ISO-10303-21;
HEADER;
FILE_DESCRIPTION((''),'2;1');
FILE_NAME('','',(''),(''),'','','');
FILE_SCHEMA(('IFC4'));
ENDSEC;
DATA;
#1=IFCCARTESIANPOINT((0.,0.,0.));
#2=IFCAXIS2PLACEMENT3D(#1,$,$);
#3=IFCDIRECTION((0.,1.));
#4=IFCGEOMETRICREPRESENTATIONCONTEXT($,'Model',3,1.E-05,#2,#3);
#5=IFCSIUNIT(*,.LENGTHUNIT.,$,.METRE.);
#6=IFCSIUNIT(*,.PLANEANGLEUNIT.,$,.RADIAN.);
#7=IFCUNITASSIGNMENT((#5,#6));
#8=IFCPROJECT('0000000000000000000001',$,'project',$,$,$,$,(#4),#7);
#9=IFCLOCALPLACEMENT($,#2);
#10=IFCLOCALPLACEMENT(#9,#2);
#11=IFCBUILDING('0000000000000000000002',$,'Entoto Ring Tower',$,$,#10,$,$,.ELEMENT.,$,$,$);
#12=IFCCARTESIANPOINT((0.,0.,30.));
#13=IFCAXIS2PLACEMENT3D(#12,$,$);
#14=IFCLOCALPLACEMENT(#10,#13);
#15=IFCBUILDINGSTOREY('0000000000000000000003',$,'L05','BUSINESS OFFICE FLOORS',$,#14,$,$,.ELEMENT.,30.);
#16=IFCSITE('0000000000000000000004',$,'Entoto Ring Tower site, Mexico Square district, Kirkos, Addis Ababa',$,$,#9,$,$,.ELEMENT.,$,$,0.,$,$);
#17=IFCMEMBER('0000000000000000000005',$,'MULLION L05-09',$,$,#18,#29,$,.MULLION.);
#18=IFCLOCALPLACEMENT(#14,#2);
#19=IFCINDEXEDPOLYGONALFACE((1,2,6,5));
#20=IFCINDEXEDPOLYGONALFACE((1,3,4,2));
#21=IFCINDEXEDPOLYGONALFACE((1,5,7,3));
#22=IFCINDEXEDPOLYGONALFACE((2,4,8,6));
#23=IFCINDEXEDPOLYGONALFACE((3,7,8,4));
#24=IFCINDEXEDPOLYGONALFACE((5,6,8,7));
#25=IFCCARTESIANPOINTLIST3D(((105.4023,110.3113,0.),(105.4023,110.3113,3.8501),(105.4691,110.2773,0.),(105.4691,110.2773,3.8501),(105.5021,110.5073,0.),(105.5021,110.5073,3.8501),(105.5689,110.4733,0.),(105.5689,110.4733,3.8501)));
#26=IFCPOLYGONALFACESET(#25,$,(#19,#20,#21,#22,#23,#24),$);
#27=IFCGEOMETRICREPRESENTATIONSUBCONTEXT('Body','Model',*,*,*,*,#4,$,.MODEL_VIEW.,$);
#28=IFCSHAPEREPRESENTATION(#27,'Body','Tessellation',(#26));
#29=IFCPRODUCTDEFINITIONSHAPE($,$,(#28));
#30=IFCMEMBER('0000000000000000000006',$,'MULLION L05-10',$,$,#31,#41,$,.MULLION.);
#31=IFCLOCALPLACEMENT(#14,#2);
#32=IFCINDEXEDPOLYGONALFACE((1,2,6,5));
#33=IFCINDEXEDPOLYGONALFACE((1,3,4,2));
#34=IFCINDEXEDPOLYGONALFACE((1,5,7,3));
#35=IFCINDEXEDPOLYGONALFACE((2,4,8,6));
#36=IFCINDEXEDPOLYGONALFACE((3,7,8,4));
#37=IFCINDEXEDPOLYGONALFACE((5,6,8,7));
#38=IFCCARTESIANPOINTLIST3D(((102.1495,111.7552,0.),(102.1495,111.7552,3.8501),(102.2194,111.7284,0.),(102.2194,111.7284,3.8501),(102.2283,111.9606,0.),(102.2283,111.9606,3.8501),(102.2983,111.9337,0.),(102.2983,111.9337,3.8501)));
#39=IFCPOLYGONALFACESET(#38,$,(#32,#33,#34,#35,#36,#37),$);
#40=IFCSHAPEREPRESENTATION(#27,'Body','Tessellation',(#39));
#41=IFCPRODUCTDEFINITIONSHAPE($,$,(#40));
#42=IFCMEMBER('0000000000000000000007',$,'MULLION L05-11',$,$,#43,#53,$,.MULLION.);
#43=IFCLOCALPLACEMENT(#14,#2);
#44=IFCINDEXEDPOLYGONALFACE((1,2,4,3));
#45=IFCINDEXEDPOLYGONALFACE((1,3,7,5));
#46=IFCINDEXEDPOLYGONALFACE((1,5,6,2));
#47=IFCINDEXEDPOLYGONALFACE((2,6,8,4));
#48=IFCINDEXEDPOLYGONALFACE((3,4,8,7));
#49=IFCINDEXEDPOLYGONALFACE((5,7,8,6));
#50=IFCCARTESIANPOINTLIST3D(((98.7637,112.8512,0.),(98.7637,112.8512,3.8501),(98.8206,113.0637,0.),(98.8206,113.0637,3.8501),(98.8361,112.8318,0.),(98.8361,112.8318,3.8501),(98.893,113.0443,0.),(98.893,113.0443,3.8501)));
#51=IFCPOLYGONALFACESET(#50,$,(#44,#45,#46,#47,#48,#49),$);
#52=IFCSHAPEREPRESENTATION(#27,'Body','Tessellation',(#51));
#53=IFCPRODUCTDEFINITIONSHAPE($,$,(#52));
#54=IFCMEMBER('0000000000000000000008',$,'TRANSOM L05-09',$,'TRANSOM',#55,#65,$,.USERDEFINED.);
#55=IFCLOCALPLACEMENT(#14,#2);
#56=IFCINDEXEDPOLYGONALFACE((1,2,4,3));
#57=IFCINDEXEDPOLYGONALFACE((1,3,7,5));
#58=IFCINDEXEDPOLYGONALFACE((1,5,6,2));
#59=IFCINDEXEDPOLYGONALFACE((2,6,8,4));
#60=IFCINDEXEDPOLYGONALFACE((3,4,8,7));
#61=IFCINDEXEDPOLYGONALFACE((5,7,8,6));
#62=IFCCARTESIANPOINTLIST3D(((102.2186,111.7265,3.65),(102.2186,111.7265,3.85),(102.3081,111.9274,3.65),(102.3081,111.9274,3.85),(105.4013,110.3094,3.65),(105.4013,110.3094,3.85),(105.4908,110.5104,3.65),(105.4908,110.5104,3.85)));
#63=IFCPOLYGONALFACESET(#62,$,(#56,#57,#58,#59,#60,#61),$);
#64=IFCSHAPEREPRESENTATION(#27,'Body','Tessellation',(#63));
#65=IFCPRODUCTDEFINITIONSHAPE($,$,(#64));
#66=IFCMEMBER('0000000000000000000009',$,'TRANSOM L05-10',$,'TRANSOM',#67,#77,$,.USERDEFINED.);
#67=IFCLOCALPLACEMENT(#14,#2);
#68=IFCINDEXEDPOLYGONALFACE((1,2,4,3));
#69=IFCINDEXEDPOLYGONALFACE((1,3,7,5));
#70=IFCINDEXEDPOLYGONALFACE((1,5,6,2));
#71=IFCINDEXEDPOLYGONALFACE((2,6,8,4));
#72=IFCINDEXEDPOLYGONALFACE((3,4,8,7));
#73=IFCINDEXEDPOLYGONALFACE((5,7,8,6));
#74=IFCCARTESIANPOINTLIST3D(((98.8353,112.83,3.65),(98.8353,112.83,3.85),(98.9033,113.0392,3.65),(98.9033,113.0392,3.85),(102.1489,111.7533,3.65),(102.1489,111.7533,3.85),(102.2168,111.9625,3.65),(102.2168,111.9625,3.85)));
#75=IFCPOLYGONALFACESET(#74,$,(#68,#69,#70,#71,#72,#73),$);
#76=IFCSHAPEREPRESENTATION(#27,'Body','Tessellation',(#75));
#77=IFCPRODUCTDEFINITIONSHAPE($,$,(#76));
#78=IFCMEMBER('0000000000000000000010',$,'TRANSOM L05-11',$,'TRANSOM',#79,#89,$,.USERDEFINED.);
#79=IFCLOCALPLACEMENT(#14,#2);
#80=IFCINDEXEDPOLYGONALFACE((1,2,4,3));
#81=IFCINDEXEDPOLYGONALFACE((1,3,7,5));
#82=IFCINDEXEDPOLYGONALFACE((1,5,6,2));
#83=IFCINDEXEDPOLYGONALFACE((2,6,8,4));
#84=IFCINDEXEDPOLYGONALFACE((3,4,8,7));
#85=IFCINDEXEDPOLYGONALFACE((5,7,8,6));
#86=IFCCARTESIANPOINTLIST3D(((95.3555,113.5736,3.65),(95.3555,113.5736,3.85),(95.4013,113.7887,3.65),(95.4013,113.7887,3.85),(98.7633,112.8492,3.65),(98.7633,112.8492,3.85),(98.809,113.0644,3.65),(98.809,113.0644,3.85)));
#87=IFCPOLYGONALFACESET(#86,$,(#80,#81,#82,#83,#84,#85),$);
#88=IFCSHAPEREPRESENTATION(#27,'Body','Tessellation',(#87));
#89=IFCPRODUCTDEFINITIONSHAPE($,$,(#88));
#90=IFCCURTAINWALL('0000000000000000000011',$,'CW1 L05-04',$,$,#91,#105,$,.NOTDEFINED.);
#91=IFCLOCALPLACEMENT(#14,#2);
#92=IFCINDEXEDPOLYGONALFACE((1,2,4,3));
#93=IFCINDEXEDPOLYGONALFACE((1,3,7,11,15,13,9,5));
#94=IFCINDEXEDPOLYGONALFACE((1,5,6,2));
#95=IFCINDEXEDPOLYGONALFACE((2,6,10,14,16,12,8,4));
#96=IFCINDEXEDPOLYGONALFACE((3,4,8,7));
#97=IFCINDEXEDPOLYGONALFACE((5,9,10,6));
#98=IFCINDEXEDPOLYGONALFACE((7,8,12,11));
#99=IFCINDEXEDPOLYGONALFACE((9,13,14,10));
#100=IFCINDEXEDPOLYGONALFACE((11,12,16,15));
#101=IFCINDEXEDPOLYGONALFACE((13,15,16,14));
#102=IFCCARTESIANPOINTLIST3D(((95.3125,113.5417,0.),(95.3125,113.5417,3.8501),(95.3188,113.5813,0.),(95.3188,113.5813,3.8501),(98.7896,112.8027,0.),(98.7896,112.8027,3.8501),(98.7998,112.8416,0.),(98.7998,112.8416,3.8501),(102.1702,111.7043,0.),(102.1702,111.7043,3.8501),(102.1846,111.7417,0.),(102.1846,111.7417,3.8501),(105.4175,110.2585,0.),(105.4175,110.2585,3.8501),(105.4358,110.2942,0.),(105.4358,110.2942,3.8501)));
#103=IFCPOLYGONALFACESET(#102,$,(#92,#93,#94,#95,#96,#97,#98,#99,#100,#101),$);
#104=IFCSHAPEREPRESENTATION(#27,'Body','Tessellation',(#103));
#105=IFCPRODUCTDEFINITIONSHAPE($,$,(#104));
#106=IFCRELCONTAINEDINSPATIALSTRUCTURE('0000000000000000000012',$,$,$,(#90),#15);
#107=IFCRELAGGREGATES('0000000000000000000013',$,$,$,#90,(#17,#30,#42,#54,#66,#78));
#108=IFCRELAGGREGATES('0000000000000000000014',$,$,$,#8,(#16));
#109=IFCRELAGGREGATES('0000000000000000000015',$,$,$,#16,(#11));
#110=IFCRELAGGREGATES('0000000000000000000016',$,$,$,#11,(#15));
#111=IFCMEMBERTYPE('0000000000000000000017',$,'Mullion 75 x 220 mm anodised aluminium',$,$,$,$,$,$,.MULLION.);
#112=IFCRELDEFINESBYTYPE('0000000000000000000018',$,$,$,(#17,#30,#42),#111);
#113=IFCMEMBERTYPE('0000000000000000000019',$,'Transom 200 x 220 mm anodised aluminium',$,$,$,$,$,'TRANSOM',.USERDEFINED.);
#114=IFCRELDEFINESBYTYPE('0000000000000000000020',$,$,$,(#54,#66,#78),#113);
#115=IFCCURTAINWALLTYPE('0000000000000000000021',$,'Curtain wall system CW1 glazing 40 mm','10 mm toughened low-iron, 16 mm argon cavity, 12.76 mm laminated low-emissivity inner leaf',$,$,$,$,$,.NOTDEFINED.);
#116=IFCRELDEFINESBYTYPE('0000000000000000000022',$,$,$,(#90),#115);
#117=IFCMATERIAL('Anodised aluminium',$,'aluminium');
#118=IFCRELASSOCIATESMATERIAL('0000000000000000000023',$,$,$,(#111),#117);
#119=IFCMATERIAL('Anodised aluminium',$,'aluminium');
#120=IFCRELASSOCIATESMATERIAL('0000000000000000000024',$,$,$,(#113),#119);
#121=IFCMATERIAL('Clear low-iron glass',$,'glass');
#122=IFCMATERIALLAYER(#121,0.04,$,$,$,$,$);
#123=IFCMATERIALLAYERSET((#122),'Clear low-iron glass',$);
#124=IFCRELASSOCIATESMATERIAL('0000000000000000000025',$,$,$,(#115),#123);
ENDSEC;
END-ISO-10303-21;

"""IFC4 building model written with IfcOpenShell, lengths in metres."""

from ifc_helpers import new_model, si_unit, direction, frame, origin, origin_2d, place, context, subcontext, project, spatial, polyline, rectangle, outline, extrude, material, layer, layer_set, material_profile, profile_set, type_object, element, aggregate, save


model = new_model("IFC4")

# Units and contexts
model_context = context("Model", 3, precision=1e-05, world=origin(), true_north=direction((0.0, 1.0)))
body_context = subcontext(model_context, "Body", "Model", "MODEL_VIEW")
ifc_project = project(units=[si_unit("LENGTHUNIT", "METRE"), si_unit("PLANEANGLEUNIT", "RADIAN")], contexts=[model_context])

# Members
ifc_material_1 = material(Name="Anodised aluminium", Category="aluminium")
ifc_material_profile_1 = material_profile(ifc_material_1, rectangle(XDim=0.075, YDim=0.22, at=origin_2d()), Name="Mullion 75 x 220 mm anodised aluminium")
ifc_profile_set_1 = profile_set([ifc_material_profile_1], Name="Anodised aluminium")
member_type_1 = type_object("IfcMemberType", Name="Mullion 75 x 220 mm anodised aluminium", PredefinedType="MULLION", material=ifc_profile_set_1)
site_placement = place(None, origin())
building_placement = place(site_placement, origin())
storey_placement = place(building_placement, frame((0.0, 0.0, 30.0)))
member_1_placement = place(storey_placement, frame((105.4856, 110.3923, 0.0), z_axis=(0.0, 0.0, 1.0), x_axis=(-0.891007, 0.45399, 0.0)))
member_1 = element("IfcMember", 1, at=member_1_placement, type_object=member_type_1, Name="MULLION L05-09", PredefinedType="MULLION", context=body_context, shape_type="SweptSolid", body=[
    extrude(rectangle(XDim=0.075, YDim=0.22, at=origin_2d()), origin(), (0.0, 0.0, 1.0), 3.8501),
])
member_2_placement = place(storey_placement, frame((102.2239, 111.8445, 0.0), z_axis=(0.0, 0.0, 1.0), x_axis=(-0.93358, 0.358368, 0.0)))
member_2 = element("IfcMember", 2, at=member_2_placement, type_object=member_type_1, Name="MULLION L05-10", PredefinedType="MULLION", context=body_context, shape_type="SweptSolid", body=[
    extrude(rectangle(XDim=0.075, YDim=0.22, at=origin_2d()), origin(), (0.0, 0.0, 1.0), 3.8501),
])
member_3_placement = place(storey_placement, frame((98.8284, 112.9478, 0.0), z_axis=(0.0, 0.0, 1.0), x_axis=(-0.965926, 0.258819, 0.0)))
member_3 = element("IfcMember", 3, at=member_3_placement, type_object=member_type_1, Name="MULLION L05-11", PredefinedType="MULLION", context=body_context, shape_type="SweptSolid", body=[
    extrude(rectangle(XDim=0.075, YDim=0.22, at=origin_2d()), origin(), (0.0, 0.0, 1.0), 3.8501),
])
ifc_material_2 = material(Name="Anodised aluminium", Category="aluminium")
ifc_material_profile_2 = material_profile(ifc_material_2, rectangle(XDim=0.22, YDim=0.2, at=origin_2d()), Name="Transom 200 x 220 mm anodised aluminium")
ifc_profile_set_2 = profile_set([ifc_material_profile_2], Name="Anodised aluminium")
member_type_2 = type_object("IfcMemberType", Name="Transom 200 x 220 mm anodised aluminium", ElementType="TRANSOM", PredefinedType="USERDEFINED", material=ifc_profile_set_2)
member_4_placement = place(storey_placement, frame((105.446, 110.4099, 3.75), z_axis=(-0.913545, 0.406737, 0.0), x_axis=(-0.406737, -0.913545, 0.0)))
member_4 = element("IfcMember", 4, at=member_4_placement, type_object=member_type_2, Name="TRANSOM L05-09", ObjectType="TRANSOM", PredefinedType="USERDEFINED", context=body_context, shape_type="SweptSolid", body=[
    extrude(rectangle(XDim=0.22, YDim=0.2, at=origin_2d()), origin(), (0.0, 0.0, 1.0), 3.4839),
])
member_5_placement = place(storey_placement, frame((102.1829, 111.8579, 3.75), z_axis=(-0.951053, 0.309029, 0.0), x_axis=(-0.309029, -0.951053, 0.0)))
member_5 = element("IfcMember", 5, at=member_5_placement, type_object=member_type_2, Name="TRANSOM L05-10", ObjectType="TRANSOM", PredefinedType="USERDEFINED", context=body_context, shape_type="SweptSolid", body=[
    extrude(rectangle(XDim=0.22, YDim=0.2, at=origin_2d()), origin(), (0.0, 0.0, 1.0), 3.4841),
])
member_6_placement = place(storey_placement, frame((98.7861, 112.9568, 3.75), z_axis=(-0.978146, 0.207921, 0.0), x_axis=(-0.207921, -0.978146, 0.0)))
member_6 = element("IfcMember", 6, at=member_6_placement, type_object=member_type_2, Name="TRANSOM L05-11", ObjectType="TRANSOM", PredefinedType="USERDEFINED", context=body_context, shape_type="SweptSolid", body=[
    extrude(rectangle(XDim=0.22, YDim=0.2, at=origin_2d()), origin(), (0.0, 0.0, 1.0), 3.4839),
])

# Site, building, storey
site = spatial("IfcSite", under=ifc_project, at=site_placement, Name="Entoto Ring Tower site, Mexico Square district, Kirkos, Addis Ababa", CompositionType="ELEMENT", RefElevation=0.0)
building = spatial("IfcBuilding", under=site, at=building_placement, Name="Entoto Ring Tower", CompositionType="ELEMENT")
storey = spatial("IfcBuildingStorey", under=building, at=storey_placement, Name="L05", Description="BUSINESS OFFICE FLOORS", CompositionType="ELEMENT", Elevation=30.0)

# Curtain wall
ifc_material_3 = material(Name="Clear low-iron glass", Category="glass")
ifc_layer = layer(ifc_material_3, 0.04)
ifc_layer_set = layer_set([ifc_layer], Name="Clear low-iron glass")
curtain_wall_type = type_object("IfcCurtainWallType", Name="Curtain wall system CW1 glazing 40 mm", Description="10 mm toughened low-iron, 16 mm argon cavity, 12.76 mm laminated low-emissivity inner leaf", PredefinedType="NOTDEFINED", material=ifc_layer_set)
curtain_wall_1_placement = place(storey_placement, origin())
curtain_wall_1 = element("IfcCurtainWall", 7, at=curtain_wall_1_placement, inside=storey, type_object=curtain_wall_type, Name="CW1 L05-04", PredefinedType="NOTDEFINED", context=body_context, shape_type="SweptSolid", body=[
    extrude(outline(polyline([(105.4358, 110.2942), (102.1846, 111.7417), (98.7998, 112.8416), (95.3188, 113.5813), (95.3125, 113.5417), (98.7896, 112.8027), (102.1702, 111.7043), (105.4175, 110.2585), (105.4358, 110.2942)])), origin(), (0.0, 0.0, 1.0), 3.8501),
])
aggregate(curtain_wall_1, [member_1, member_2, member_3, member_4, member_5, member_6])

save(model, "model.ifc")
